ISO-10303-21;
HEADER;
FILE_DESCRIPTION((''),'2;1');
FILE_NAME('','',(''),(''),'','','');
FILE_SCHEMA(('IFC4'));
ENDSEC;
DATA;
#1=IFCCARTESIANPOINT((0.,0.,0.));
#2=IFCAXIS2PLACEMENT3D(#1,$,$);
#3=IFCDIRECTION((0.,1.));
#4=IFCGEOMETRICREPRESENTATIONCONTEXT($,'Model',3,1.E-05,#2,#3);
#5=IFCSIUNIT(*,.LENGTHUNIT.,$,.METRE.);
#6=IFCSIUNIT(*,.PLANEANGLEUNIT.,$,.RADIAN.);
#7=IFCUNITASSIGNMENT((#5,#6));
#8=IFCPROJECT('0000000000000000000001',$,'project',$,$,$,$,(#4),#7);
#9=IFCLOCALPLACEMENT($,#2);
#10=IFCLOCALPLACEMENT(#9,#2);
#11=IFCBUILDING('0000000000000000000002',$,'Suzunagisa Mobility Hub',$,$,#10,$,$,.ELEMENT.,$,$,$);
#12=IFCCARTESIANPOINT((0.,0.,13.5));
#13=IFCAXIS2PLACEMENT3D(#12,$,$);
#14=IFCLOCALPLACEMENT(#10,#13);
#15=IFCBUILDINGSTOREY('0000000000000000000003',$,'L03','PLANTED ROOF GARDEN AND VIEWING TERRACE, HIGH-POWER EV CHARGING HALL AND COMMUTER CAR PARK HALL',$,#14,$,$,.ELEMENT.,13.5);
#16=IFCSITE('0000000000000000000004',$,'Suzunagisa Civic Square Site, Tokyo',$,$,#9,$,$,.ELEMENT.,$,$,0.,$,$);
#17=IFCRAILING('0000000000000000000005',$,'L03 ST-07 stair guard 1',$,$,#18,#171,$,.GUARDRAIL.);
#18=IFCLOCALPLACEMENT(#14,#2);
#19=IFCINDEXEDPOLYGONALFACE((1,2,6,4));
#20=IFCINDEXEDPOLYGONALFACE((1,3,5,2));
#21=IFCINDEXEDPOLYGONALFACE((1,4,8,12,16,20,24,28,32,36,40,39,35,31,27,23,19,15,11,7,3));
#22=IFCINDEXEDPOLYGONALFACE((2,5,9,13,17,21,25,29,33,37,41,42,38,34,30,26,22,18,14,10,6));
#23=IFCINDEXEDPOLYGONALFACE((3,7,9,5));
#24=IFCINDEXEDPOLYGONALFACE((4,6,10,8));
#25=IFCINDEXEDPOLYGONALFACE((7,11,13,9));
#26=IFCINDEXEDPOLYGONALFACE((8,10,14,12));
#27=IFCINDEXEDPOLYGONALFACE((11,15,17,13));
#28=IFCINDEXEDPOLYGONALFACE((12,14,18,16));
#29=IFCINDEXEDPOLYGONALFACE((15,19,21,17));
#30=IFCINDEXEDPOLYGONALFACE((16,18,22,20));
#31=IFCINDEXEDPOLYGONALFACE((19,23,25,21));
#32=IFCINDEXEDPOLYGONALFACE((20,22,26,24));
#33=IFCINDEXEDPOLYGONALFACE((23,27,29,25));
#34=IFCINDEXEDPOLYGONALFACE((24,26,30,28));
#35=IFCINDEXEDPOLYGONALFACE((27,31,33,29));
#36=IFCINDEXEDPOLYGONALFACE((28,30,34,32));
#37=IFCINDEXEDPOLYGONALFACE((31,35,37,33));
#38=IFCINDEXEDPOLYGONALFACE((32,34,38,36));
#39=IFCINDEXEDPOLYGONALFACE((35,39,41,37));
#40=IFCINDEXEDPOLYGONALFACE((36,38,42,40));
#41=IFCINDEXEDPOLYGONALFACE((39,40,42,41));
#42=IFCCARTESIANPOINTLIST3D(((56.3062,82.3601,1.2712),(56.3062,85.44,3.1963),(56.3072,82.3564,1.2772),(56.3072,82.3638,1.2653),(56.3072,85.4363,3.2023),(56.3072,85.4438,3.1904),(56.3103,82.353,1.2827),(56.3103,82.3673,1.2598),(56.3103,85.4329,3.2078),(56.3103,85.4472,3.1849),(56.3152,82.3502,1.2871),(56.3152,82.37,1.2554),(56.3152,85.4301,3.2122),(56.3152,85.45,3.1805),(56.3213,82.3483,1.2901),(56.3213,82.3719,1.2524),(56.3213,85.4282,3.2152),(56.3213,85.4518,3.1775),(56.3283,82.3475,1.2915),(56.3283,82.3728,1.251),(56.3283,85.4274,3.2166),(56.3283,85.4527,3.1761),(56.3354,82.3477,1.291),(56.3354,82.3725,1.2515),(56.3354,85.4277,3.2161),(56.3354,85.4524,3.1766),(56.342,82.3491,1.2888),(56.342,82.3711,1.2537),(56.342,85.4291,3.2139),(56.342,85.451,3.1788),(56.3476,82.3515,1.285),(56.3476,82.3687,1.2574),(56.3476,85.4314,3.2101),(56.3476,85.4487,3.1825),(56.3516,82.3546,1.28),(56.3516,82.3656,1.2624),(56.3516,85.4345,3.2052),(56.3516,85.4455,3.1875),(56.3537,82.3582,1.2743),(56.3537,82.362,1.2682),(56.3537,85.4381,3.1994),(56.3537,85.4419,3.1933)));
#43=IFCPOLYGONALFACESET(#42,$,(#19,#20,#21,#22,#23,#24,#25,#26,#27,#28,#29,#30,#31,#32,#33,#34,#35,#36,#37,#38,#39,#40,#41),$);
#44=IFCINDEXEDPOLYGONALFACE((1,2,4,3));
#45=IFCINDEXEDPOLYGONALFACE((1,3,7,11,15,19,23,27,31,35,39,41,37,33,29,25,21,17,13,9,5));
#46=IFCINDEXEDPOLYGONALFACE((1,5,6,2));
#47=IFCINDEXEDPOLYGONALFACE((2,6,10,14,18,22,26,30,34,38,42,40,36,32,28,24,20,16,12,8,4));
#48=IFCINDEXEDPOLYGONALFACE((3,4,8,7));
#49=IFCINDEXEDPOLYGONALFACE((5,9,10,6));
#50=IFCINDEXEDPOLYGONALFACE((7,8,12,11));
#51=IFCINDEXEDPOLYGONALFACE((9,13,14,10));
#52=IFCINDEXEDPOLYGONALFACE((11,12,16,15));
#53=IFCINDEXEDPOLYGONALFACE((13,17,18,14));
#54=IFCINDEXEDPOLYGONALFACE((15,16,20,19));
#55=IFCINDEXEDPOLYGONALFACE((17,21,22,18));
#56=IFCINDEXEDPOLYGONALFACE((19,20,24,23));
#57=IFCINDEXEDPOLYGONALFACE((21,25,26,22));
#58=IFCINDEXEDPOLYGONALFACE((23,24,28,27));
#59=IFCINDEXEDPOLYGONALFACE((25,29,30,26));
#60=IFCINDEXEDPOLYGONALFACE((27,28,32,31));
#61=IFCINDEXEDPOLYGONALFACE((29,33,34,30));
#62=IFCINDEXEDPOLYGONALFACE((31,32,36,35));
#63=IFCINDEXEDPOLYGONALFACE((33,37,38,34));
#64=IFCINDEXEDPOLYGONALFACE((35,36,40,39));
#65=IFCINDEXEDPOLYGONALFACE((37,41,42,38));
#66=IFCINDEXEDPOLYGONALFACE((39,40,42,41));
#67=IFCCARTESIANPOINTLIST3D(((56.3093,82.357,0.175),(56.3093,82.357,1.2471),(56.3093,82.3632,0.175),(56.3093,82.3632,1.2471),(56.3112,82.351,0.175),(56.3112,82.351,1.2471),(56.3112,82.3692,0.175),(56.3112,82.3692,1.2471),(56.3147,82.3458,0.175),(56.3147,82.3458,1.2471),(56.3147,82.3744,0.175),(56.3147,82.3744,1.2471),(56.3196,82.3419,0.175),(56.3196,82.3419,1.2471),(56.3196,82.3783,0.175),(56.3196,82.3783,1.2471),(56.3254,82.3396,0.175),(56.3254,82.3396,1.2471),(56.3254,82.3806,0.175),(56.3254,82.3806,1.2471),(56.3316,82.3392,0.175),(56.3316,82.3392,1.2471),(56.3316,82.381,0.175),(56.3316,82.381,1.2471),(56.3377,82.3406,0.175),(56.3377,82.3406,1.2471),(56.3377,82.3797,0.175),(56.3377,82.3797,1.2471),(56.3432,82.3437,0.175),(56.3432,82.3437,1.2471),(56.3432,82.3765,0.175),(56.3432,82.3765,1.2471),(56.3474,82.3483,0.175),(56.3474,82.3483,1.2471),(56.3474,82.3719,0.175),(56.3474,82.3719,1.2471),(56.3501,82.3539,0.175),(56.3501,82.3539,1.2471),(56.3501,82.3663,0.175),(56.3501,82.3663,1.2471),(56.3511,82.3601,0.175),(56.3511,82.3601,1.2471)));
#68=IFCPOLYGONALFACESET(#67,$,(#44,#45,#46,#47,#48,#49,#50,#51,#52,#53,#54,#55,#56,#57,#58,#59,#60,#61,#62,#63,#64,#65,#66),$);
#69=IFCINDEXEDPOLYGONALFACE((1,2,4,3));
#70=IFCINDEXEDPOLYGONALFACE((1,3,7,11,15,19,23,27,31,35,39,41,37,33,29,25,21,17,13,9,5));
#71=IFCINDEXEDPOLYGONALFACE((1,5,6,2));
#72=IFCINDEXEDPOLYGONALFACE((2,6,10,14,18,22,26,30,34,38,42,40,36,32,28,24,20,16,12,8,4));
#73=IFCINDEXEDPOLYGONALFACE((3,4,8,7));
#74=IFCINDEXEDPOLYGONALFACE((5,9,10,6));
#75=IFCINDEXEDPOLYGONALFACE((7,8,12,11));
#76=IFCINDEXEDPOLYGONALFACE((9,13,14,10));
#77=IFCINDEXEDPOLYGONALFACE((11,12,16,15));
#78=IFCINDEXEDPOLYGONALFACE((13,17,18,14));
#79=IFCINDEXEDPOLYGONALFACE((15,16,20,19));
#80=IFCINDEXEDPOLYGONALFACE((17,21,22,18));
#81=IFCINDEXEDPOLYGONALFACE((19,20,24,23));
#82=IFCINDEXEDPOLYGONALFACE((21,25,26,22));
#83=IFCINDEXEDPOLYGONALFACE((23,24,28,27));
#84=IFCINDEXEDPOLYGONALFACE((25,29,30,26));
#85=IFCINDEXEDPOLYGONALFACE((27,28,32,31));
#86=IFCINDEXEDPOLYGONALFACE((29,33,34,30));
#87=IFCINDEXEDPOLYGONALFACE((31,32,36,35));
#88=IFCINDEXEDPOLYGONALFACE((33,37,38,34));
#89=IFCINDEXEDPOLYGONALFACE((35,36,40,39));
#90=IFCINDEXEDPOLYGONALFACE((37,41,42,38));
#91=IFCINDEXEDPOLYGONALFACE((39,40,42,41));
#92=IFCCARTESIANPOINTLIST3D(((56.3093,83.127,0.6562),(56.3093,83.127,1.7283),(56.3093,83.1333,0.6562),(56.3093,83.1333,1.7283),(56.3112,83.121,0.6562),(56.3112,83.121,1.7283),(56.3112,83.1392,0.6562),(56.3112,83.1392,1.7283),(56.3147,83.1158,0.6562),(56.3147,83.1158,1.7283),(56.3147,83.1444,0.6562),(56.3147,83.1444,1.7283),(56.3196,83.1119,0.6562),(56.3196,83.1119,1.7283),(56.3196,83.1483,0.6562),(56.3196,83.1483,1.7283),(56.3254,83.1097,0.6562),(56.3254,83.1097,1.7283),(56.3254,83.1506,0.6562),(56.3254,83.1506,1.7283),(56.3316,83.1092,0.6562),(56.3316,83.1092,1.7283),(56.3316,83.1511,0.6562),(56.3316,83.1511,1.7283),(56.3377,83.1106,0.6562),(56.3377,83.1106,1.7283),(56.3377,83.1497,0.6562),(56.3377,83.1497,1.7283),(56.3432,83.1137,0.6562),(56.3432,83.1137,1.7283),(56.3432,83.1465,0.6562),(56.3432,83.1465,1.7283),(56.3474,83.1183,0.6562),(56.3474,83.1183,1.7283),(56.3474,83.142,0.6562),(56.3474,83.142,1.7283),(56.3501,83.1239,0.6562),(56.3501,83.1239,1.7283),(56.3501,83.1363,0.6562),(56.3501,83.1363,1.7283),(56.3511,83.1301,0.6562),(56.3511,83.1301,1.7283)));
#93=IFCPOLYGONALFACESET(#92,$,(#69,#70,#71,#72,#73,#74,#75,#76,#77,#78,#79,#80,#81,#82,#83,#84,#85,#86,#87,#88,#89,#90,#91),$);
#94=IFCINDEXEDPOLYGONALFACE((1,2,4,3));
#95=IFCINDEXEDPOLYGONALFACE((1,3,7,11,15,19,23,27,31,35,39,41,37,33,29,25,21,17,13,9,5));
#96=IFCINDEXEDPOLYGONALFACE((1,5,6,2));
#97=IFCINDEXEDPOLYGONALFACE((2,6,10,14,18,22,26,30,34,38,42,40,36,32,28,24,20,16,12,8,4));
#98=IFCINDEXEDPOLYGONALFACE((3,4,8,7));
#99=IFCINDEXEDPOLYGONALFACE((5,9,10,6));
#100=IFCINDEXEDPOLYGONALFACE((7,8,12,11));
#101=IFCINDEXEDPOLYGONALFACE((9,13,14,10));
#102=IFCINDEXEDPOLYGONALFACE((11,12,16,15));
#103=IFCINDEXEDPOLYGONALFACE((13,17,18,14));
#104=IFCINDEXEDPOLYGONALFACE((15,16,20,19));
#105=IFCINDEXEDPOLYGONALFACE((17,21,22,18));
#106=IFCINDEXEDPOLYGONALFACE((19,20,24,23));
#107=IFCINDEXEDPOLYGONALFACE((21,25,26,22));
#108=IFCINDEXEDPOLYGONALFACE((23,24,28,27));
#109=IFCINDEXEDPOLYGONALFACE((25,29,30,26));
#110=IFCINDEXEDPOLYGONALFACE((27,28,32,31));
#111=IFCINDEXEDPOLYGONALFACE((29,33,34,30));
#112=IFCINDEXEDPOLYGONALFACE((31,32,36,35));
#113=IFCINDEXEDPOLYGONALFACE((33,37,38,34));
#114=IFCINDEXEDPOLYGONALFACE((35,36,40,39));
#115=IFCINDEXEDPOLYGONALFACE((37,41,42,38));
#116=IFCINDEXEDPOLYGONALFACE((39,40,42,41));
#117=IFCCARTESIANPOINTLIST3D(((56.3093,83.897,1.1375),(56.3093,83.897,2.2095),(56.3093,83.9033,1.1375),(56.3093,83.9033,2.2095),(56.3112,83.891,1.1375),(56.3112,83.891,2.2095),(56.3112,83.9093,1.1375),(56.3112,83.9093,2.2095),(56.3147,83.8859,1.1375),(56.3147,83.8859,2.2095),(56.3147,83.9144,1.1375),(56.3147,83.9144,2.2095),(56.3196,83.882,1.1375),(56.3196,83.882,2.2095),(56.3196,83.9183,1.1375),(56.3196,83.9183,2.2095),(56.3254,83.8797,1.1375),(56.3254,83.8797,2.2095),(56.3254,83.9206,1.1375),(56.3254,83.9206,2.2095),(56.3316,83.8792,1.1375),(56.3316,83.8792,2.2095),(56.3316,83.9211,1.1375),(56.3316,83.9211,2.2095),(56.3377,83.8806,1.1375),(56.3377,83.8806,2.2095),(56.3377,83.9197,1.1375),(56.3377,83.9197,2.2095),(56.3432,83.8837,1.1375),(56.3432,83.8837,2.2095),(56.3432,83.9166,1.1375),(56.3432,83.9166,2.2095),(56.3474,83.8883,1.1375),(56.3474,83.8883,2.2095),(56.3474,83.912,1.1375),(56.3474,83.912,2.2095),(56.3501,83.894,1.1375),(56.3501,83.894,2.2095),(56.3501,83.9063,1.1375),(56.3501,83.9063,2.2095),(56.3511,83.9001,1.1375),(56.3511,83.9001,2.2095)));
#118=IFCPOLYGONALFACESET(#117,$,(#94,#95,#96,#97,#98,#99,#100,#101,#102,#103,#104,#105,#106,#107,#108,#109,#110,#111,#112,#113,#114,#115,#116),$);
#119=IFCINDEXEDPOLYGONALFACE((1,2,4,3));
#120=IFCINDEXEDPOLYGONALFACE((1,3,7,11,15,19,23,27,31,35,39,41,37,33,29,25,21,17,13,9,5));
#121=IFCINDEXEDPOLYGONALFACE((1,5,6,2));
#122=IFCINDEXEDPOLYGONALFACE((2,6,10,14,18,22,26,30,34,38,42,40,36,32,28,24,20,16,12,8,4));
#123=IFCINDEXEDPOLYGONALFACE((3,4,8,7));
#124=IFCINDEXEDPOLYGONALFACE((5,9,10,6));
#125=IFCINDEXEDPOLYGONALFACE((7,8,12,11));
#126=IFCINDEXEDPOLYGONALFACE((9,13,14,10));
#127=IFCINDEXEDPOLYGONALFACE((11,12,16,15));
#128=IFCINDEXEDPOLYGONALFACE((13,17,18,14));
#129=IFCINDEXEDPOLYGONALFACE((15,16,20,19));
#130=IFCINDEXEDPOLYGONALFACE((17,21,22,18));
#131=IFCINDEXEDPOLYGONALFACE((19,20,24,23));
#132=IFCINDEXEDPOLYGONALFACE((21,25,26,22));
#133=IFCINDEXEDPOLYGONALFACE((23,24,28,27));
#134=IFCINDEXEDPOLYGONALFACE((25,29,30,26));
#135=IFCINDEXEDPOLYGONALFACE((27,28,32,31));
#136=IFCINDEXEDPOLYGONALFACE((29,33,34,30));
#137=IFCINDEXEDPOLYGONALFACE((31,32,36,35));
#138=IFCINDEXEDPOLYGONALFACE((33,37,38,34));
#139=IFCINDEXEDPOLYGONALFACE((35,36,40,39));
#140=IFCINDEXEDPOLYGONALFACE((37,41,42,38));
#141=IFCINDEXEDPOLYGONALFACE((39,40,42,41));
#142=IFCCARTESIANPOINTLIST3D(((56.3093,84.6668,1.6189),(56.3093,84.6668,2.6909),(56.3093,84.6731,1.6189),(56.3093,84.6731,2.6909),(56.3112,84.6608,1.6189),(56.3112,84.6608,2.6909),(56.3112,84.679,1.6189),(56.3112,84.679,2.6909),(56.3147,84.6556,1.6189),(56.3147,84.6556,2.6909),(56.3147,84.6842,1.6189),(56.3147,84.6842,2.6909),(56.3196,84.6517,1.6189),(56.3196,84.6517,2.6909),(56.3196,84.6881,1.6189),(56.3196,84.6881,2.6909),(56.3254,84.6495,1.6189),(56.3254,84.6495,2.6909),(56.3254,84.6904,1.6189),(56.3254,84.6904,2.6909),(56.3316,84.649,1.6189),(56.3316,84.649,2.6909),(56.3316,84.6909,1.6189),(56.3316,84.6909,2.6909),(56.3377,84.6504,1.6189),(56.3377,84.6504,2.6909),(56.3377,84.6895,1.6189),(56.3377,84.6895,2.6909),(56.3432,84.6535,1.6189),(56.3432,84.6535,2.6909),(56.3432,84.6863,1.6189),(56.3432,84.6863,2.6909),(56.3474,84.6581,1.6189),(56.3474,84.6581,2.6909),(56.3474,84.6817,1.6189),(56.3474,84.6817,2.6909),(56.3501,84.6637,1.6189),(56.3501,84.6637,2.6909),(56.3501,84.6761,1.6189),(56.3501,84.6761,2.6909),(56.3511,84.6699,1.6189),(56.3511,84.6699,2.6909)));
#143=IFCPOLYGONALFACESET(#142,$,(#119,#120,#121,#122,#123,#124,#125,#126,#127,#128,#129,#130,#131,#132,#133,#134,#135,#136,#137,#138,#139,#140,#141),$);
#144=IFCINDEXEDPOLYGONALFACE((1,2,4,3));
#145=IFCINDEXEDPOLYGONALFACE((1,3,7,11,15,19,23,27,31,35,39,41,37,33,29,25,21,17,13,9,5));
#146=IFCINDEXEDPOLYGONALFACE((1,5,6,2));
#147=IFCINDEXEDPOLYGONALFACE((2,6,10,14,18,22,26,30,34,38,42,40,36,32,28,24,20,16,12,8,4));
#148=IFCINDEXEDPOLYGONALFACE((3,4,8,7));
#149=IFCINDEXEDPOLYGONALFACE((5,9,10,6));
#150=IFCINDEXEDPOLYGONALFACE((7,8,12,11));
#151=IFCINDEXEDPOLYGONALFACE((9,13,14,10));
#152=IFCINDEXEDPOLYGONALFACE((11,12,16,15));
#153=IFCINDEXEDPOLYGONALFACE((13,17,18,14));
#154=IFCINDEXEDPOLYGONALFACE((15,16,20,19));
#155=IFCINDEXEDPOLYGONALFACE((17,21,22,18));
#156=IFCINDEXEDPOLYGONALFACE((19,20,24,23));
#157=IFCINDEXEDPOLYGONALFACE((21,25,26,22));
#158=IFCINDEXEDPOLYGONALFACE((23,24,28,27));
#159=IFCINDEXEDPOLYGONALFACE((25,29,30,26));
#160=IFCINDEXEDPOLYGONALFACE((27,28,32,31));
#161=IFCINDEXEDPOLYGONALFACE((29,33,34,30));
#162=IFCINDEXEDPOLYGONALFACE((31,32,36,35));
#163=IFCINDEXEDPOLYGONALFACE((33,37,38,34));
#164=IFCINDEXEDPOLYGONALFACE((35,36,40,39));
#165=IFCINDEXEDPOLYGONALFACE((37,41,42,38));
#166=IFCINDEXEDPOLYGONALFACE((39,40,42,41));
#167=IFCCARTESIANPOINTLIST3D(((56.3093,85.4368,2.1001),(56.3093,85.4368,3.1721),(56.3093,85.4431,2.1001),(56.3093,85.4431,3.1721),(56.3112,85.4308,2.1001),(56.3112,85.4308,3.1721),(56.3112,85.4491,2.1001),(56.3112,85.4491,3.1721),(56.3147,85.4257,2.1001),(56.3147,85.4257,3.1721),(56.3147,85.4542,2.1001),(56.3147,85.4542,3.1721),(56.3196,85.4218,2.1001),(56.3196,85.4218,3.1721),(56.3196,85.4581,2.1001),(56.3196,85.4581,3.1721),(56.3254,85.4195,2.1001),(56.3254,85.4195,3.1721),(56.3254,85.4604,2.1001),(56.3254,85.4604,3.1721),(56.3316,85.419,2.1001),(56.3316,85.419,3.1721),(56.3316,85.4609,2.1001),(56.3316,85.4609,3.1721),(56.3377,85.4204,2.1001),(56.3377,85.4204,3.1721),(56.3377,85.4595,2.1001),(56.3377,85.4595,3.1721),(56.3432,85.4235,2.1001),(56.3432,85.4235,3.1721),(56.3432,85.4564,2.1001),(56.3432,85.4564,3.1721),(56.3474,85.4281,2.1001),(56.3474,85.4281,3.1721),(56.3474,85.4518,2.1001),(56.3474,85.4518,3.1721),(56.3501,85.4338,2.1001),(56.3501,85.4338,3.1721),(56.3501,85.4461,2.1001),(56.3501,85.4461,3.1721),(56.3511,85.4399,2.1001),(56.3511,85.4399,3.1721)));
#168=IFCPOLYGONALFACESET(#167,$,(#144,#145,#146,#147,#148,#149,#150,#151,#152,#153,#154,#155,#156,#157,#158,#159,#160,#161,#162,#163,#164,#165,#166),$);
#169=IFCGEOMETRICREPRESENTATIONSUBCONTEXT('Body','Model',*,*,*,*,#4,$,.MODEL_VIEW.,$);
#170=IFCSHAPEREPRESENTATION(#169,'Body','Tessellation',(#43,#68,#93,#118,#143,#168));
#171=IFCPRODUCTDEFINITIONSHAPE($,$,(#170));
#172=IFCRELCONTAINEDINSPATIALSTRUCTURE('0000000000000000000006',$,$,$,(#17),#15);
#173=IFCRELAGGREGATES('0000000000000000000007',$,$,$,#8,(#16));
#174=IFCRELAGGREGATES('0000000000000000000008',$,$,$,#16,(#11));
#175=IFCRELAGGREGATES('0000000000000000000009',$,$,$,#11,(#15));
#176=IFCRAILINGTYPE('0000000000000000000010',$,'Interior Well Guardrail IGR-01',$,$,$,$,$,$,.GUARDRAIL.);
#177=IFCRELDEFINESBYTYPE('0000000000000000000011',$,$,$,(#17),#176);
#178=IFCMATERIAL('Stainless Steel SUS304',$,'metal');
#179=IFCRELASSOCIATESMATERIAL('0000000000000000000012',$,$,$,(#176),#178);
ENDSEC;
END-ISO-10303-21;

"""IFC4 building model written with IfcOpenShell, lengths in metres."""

from ifc_helpers import new_model, si_unit, direction, frame, origin, origin_2d, place, context, subcontext, project, spatial, circle, extrude, material, type_object, element, save


model = new_model("IFC4")

# Units and contexts
model_context = context("Model", 3, precision=1e-05, world=origin(), true_north=direction((0.0, 1.0)))
body_context = subcontext(model_context, "Body", "Model", "MODEL_VIEW")
ifc_project = project(units=[si_unit("LENGTHUNIT", "METRE"), si_unit("PLANEANGLEUNIT", "RADIAN")], contexts=[model_context])

# Site, building, storey
site_placement = place(None, origin())
site = spatial("IfcSite", under=ifc_project, at=site_placement, Name="Suzunagisa Civic Square Site, Tokyo", CompositionType="ELEMENT", RefElevation=0.0)
building_placement = place(site_placement, origin())
building = spatial("IfcBuilding", under=site, at=building_placement, Name="Suzunagisa Mobility Hub", CompositionType="ELEMENT")
storey_placement = place(building_placement, frame((0.0, 0.0, 13.5)))
storey = spatial("IfcBuildingStorey", under=building, at=storey_placement, Name="L03", Description="PLANTED ROOF GARDEN AND VIEWING TERRACE, HIGH-POWER EV CHARGING HALL AND COMMUTER CAR PARK HALL", CompositionType="ELEMENT", Elevation=13.5)

# Railing
ifc_material_1 = material(Name="Stainless Steel SUS304", Category="metal")
railing_type_1 = type_object("IfcRailingType", Name="Interior Well Guardrail IGR-01", PredefinedType="GUARDRAIL", material=ifc_material_1)
railing_1_placement = place(storey_placement, frame((56.3301, 82.3601, 0.175)))
element("IfcRailing", 1, at=railing_1_placement, inside=storey, type_object=railing_type_1, Name="L03 ST-07 stair guard 1", PredefinedType="GUARDRAIL", context=body_context, shape_type="SweptSolid", body=[
    extrude(circle(Radius=0.0239, at=origin_2d()), frame((0.0, 0.0, 1.0962), z_axis=(0.0, 0.847979, 0.530029), x_axis=(-1.0, 0.0, 0.0)), (0.0, 0.0, 1.0), 3.6321),
    extrude(circle(Radius=0.021, at=origin_2d()), origin(), (0.0, 0.0, 1.0), 1.072),
    extrude(circle(Radius=0.021, at=origin_2d()), frame((0.0, 0.77, 0.4812)), (0.0, 0.0, 1.0), 1.072),
    extrude(circle(Radius=0.021, at=origin_2d()), frame((0.0, 1.54, 0.9624)), (0.0, 0.0, 1.0), 1.072),
    extrude(circle(Radius=0.021, at=origin_2d()), frame((0.0, 2.3098, 1.4438)), (0.0, 0.0, 1.0), 1.072),
    extrude(circle(Radius=0.021, at=origin_2d()), frame((0.0, 3.0798, 1.925)), (0.0, 0.0, 1.0), 1.072),
])

save(model, "model.ifc")
